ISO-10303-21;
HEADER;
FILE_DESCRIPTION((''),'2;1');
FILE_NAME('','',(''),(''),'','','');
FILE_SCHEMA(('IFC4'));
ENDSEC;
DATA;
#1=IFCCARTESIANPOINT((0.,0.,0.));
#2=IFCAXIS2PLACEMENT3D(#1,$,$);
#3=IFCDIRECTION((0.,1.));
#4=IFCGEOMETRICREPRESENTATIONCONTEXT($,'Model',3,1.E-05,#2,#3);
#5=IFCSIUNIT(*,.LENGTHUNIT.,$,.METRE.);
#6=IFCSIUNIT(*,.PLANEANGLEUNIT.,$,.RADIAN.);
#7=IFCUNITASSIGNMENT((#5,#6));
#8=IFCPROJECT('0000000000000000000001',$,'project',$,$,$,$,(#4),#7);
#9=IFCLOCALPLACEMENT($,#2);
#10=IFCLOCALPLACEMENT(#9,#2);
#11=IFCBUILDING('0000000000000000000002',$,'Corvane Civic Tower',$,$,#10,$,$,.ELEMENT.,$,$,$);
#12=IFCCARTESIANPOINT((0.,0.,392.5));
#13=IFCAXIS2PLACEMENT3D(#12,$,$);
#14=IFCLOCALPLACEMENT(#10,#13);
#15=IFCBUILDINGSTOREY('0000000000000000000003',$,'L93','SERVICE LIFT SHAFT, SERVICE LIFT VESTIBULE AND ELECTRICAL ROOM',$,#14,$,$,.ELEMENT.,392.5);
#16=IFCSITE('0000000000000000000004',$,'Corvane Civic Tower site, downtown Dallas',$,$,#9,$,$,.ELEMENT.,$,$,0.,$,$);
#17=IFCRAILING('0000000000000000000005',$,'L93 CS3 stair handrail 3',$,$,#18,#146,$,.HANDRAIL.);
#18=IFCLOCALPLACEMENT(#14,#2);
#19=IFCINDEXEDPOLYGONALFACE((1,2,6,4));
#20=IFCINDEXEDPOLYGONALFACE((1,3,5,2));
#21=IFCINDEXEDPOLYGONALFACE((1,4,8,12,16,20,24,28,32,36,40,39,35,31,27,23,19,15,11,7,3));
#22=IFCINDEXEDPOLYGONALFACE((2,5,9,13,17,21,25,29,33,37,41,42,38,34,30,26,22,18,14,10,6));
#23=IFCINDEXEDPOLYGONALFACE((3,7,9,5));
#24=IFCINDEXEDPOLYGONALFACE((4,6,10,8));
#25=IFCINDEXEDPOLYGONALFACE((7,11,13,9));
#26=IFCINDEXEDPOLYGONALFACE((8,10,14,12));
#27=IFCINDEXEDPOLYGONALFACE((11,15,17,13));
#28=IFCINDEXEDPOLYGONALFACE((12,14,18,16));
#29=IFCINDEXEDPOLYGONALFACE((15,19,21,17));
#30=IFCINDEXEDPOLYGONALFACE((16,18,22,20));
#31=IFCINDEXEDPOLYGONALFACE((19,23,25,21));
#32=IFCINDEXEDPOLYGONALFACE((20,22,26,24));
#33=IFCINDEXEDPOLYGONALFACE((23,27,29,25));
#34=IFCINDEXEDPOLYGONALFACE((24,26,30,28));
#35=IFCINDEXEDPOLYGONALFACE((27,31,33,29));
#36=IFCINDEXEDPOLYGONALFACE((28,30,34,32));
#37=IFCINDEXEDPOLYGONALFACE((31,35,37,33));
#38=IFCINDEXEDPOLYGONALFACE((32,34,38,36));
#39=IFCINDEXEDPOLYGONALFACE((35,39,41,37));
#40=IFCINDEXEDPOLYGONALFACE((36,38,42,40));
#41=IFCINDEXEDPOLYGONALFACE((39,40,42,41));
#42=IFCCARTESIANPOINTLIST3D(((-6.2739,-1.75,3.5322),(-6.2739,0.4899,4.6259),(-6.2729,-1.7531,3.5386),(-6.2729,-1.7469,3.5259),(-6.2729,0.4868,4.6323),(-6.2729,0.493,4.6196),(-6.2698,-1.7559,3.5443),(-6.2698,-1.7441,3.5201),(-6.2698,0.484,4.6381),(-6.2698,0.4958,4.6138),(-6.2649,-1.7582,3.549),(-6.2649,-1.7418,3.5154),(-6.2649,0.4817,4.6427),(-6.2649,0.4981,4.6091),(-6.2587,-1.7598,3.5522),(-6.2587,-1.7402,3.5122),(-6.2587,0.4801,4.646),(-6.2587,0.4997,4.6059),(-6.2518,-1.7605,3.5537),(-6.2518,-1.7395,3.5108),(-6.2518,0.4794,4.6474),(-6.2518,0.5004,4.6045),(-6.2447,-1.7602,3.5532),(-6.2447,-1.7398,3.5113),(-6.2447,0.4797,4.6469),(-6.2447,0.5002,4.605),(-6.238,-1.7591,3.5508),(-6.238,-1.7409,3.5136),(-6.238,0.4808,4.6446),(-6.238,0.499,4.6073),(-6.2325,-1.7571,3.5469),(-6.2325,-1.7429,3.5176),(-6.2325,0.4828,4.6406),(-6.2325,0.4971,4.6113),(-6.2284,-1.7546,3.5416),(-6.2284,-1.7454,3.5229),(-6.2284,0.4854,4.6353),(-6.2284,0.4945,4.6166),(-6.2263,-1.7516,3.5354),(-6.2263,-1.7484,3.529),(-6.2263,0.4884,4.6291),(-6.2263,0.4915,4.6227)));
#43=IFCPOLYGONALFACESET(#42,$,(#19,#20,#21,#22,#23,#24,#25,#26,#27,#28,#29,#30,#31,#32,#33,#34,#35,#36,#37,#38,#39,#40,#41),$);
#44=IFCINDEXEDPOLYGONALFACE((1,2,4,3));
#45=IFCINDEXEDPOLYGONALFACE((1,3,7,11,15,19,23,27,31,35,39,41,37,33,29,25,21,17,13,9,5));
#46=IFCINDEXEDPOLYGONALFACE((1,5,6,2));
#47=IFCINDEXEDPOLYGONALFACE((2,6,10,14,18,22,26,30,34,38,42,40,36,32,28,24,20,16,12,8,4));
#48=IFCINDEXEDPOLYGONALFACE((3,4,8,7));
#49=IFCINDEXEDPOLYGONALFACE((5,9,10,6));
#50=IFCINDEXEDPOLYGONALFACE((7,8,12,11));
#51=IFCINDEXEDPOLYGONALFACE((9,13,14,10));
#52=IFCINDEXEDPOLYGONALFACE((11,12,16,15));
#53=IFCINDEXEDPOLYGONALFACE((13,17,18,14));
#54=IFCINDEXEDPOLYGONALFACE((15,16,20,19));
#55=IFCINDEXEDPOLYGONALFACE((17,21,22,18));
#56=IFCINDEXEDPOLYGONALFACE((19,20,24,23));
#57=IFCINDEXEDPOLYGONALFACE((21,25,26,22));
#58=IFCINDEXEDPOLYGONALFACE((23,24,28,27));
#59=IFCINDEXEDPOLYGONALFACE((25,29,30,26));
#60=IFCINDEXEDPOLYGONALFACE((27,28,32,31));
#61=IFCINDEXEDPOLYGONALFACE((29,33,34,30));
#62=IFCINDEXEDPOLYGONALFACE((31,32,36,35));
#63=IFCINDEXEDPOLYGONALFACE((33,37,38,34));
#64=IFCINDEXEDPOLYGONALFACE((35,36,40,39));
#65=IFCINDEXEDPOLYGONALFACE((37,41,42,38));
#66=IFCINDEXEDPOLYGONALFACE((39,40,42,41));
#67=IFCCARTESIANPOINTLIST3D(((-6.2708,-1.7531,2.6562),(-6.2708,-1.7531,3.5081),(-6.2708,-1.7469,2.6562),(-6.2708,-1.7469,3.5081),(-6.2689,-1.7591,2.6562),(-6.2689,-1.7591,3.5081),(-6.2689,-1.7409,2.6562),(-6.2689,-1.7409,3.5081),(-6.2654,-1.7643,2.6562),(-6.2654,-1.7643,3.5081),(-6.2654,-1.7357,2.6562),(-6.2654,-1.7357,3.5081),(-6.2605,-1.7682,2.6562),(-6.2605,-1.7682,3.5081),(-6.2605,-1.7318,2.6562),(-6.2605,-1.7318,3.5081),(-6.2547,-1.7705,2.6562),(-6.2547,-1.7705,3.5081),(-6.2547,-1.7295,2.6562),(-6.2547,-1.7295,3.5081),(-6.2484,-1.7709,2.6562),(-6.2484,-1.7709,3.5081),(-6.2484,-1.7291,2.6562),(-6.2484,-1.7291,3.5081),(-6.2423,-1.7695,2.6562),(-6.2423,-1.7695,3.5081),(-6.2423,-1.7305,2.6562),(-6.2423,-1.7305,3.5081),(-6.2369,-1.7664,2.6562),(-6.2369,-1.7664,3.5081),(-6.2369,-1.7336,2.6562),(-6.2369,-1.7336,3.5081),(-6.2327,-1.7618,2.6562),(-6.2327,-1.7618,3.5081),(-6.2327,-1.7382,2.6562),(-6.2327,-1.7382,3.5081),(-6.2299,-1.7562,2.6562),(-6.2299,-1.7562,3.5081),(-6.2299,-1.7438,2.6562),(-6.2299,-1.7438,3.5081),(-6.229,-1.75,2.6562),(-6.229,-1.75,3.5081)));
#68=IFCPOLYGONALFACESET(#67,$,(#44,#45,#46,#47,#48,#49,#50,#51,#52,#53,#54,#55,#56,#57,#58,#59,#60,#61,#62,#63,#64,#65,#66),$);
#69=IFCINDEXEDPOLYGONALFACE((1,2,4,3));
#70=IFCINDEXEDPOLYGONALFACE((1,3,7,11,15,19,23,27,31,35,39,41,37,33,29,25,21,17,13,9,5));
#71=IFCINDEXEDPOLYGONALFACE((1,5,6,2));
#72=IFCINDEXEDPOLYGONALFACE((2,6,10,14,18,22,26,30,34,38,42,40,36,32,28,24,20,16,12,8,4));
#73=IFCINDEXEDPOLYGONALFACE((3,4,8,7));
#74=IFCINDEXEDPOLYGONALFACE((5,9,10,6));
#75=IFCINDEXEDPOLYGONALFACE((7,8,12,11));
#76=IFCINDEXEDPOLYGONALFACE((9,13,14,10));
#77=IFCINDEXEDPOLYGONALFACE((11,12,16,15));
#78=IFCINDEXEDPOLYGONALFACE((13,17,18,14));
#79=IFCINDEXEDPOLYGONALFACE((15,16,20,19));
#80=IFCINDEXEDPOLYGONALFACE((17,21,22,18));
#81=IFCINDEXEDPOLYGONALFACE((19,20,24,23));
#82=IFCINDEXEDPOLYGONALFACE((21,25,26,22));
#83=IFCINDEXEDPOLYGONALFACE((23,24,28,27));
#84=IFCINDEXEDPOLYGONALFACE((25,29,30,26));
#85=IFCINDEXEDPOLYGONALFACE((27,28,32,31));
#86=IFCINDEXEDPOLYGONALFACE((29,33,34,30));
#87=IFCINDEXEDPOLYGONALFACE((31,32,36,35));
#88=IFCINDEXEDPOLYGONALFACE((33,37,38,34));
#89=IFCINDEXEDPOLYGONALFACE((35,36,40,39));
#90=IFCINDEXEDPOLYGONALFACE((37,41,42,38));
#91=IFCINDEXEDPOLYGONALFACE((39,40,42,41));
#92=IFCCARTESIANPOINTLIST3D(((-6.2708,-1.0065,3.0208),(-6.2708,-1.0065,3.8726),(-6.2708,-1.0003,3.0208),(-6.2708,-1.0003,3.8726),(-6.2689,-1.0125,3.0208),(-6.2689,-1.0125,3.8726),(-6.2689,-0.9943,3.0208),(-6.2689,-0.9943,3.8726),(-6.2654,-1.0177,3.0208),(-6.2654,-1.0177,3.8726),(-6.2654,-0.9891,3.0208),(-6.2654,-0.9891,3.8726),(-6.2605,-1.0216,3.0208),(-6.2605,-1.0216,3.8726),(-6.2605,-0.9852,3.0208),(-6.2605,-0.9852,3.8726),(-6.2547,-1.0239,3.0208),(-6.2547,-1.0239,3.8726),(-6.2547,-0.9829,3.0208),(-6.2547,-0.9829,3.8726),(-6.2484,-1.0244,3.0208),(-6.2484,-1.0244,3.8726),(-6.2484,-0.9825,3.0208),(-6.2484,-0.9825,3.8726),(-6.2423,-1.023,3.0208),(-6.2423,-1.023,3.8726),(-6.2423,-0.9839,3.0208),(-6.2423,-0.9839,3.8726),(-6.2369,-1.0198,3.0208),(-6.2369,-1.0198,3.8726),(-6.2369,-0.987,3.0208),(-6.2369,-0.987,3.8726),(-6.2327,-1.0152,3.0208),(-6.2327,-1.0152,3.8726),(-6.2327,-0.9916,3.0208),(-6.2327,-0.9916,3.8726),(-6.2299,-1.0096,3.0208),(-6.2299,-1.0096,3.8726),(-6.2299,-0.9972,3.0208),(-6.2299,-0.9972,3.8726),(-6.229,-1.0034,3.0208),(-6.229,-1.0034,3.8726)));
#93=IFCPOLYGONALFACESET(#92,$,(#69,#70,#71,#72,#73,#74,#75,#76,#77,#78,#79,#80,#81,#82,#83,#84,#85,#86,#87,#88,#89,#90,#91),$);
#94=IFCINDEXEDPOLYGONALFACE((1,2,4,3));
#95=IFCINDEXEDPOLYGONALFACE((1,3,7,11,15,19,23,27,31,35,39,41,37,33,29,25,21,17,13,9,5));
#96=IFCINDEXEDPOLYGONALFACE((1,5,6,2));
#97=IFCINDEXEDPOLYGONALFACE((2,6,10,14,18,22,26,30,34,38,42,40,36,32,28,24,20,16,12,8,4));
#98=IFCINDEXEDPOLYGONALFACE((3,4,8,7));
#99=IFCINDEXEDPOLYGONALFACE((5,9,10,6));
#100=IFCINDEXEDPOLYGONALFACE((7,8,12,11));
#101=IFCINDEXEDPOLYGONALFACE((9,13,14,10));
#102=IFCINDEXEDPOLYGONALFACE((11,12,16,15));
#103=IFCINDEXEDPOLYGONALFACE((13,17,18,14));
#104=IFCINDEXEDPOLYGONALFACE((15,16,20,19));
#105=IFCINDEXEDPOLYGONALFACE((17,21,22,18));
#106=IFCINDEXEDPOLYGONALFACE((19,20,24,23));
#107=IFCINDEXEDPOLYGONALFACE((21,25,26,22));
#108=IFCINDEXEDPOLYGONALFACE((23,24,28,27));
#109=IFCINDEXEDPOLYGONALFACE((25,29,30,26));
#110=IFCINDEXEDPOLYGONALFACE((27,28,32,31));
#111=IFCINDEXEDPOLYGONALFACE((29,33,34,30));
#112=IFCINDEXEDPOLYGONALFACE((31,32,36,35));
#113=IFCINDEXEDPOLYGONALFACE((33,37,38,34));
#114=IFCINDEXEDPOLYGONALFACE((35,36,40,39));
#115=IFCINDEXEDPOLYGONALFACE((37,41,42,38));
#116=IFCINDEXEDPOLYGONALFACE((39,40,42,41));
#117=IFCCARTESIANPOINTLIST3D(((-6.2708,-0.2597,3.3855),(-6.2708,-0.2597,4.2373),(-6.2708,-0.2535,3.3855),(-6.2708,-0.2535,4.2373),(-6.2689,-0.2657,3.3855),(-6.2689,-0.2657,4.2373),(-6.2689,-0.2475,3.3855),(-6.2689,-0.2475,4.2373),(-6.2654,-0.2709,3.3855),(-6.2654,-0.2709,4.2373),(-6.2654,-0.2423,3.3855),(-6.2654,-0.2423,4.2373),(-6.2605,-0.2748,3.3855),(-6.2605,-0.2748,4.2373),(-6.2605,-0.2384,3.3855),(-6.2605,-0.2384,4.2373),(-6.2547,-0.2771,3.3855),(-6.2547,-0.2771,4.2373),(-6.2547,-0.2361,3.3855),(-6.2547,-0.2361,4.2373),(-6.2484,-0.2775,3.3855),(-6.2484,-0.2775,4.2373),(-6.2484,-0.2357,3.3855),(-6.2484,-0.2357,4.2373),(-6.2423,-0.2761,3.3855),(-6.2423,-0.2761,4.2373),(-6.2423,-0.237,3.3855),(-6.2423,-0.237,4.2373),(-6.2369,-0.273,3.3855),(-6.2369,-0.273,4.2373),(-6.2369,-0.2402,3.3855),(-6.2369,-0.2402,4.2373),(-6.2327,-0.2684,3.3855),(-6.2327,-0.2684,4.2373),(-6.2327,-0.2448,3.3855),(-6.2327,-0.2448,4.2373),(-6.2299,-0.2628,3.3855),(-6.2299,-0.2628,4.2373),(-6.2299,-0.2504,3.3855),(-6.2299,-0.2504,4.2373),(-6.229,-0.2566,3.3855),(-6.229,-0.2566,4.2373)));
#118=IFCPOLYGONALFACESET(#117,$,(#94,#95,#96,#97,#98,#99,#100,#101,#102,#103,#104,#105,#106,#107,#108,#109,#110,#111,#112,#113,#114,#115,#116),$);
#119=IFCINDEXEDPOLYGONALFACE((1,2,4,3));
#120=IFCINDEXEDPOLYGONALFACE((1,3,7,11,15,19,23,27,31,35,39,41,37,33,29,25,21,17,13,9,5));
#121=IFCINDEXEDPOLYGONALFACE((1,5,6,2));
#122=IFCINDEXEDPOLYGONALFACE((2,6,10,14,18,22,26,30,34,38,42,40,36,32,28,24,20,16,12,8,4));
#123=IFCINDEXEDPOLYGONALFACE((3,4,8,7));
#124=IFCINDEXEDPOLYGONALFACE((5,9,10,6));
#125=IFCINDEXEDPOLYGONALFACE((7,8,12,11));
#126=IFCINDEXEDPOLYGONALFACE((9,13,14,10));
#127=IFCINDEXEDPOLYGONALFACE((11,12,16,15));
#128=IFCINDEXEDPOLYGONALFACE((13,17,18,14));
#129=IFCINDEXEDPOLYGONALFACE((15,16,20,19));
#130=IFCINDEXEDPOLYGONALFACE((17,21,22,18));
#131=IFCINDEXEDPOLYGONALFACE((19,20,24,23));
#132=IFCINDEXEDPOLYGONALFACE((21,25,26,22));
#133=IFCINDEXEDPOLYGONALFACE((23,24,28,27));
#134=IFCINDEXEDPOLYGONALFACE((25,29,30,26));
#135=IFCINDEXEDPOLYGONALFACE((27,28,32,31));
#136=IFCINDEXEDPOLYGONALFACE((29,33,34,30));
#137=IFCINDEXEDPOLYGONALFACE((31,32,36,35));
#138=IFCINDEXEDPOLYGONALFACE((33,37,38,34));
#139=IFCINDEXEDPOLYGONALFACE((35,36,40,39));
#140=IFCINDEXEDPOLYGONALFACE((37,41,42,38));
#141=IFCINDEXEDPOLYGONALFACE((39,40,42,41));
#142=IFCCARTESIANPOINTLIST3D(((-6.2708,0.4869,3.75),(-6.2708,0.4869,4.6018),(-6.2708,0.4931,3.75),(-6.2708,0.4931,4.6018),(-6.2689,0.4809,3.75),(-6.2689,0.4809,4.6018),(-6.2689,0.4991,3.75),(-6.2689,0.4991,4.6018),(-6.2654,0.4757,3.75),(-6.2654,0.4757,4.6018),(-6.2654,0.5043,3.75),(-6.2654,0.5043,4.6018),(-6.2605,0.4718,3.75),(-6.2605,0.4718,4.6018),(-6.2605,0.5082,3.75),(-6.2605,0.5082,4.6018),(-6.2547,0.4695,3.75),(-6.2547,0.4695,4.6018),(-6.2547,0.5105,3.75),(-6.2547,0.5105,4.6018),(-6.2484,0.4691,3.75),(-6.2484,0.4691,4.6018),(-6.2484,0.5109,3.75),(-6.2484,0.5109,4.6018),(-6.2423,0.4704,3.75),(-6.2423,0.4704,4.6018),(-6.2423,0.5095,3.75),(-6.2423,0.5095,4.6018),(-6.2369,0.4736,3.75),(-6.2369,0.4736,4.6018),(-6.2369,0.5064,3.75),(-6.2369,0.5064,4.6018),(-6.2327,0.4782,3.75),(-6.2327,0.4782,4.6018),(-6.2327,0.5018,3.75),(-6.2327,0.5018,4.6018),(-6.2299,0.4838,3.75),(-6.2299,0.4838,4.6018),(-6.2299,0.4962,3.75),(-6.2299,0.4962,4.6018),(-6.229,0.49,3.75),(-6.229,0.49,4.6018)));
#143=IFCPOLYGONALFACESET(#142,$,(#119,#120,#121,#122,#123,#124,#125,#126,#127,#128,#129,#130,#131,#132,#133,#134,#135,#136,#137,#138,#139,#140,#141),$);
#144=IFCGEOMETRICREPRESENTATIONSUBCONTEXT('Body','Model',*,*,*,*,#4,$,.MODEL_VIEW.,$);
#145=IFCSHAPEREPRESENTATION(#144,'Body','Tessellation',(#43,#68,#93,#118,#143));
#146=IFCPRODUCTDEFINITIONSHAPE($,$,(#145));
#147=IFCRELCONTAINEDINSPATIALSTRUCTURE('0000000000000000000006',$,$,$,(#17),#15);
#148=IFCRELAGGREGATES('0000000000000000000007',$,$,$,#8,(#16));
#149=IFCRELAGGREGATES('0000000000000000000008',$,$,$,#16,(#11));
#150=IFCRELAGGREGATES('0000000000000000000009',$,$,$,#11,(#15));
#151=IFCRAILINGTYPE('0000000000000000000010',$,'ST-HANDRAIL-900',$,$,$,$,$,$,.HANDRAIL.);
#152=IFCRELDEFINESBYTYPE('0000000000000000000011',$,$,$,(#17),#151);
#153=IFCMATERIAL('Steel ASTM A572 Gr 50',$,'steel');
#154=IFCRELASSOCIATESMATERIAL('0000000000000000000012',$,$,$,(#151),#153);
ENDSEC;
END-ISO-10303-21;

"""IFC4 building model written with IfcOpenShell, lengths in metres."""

from ifc_helpers import new_model, si_unit, direction, frame, origin, origin_2d, place, context, subcontext, project, spatial, circle, extrude, material, type_object, element, save


model = new_model("IFC4")

# Units and contexts
model_context = context("Model", 3, precision=1e-05, world=origin(), true_north=direction((0.0, 1.0)))
body_context = subcontext(model_context, "Body", "Model", "MODEL_VIEW")
ifc_project = project(units=[si_unit("LENGTHUNIT", "METRE"), si_unit("PLANEANGLEUNIT", "RADIAN")], contexts=[model_context])

# Site, building, storey
site_placement = place(None, origin())
site = spatial("IfcSite", under=ifc_project, at=site_placement, Name="Corvane Civic Tower site, downtown Dallas", CompositionType="ELEMENT", RefElevation=0.0)
building_placement = place(site_placement, origin())
building = spatial("IfcBuilding", under=site, at=building_placement, Name="Corvane Civic Tower", CompositionType="ELEMENT")
storey_placement = place(building_placement, frame((0.0, 0.0, 392.5)))
storey = spatial("IfcBuildingStorey", under=building, at=storey_placement, Name="L93", Description="SERVICE LIFT SHAFT, SERVICE LIFT VESTIBULE AND ELECTRICAL ROOM", CompositionType="ELEMENT", Elevation=392.5)

# Railing
ifc_material_1 = material(Name="Steel ASTM A572 Gr 50", Category="steel")
railing_type = type_object("IfcRailingType", Name="ST-HANDRAIL-900", PredefinedType="HANDRAIL", material=ifc_material_1)
for number, where, name in (
    (1, (-6.25, -1.75, 2.6562), "L93 CS3 stair handrail 3"),
):
    element("IfcRailing", number, at=place(storey_placement, frame(where)), inside=storey, type_object=railing_type, Name=name, PredefinedType="HANDRAIL", context=body_context, shape_type="SweptSolid", body=[
        extrude(circle(Radius=0.0239, at=origin_2d()), frame((0.0, 0.0, 0.876), z_axis=(0.0, 0.898599, 0.438771), x_axis=(-1.0, 0.0, 0.0)), (0.0, 0.0, 1.0), 2.4927),
        extrude(circle(Radius=0.021, at=origin_2d()), origin(), (0.0, 0.0, 1.0), 0.8518),
        extrude(circle(Radius=0.021, at=origin_2d()), frame((0.0, 0.7466, 0.3645)), (0.0, 0.0, 1.0), 0.8518),
        extrude(circle(Radius=0.021, at=origin_2d()), frame((0.0, 1.4934, 0.7292)), (0.0, 0.0, 1.0), 0.8518),
        extrude(circle(Radius=0.021, at=origin_2d()), frame((0.0, 2.24, 1.0938)), (0.0, 0.0, 1.0), 0.8518),
    ])

save(model, "model.ifc")
